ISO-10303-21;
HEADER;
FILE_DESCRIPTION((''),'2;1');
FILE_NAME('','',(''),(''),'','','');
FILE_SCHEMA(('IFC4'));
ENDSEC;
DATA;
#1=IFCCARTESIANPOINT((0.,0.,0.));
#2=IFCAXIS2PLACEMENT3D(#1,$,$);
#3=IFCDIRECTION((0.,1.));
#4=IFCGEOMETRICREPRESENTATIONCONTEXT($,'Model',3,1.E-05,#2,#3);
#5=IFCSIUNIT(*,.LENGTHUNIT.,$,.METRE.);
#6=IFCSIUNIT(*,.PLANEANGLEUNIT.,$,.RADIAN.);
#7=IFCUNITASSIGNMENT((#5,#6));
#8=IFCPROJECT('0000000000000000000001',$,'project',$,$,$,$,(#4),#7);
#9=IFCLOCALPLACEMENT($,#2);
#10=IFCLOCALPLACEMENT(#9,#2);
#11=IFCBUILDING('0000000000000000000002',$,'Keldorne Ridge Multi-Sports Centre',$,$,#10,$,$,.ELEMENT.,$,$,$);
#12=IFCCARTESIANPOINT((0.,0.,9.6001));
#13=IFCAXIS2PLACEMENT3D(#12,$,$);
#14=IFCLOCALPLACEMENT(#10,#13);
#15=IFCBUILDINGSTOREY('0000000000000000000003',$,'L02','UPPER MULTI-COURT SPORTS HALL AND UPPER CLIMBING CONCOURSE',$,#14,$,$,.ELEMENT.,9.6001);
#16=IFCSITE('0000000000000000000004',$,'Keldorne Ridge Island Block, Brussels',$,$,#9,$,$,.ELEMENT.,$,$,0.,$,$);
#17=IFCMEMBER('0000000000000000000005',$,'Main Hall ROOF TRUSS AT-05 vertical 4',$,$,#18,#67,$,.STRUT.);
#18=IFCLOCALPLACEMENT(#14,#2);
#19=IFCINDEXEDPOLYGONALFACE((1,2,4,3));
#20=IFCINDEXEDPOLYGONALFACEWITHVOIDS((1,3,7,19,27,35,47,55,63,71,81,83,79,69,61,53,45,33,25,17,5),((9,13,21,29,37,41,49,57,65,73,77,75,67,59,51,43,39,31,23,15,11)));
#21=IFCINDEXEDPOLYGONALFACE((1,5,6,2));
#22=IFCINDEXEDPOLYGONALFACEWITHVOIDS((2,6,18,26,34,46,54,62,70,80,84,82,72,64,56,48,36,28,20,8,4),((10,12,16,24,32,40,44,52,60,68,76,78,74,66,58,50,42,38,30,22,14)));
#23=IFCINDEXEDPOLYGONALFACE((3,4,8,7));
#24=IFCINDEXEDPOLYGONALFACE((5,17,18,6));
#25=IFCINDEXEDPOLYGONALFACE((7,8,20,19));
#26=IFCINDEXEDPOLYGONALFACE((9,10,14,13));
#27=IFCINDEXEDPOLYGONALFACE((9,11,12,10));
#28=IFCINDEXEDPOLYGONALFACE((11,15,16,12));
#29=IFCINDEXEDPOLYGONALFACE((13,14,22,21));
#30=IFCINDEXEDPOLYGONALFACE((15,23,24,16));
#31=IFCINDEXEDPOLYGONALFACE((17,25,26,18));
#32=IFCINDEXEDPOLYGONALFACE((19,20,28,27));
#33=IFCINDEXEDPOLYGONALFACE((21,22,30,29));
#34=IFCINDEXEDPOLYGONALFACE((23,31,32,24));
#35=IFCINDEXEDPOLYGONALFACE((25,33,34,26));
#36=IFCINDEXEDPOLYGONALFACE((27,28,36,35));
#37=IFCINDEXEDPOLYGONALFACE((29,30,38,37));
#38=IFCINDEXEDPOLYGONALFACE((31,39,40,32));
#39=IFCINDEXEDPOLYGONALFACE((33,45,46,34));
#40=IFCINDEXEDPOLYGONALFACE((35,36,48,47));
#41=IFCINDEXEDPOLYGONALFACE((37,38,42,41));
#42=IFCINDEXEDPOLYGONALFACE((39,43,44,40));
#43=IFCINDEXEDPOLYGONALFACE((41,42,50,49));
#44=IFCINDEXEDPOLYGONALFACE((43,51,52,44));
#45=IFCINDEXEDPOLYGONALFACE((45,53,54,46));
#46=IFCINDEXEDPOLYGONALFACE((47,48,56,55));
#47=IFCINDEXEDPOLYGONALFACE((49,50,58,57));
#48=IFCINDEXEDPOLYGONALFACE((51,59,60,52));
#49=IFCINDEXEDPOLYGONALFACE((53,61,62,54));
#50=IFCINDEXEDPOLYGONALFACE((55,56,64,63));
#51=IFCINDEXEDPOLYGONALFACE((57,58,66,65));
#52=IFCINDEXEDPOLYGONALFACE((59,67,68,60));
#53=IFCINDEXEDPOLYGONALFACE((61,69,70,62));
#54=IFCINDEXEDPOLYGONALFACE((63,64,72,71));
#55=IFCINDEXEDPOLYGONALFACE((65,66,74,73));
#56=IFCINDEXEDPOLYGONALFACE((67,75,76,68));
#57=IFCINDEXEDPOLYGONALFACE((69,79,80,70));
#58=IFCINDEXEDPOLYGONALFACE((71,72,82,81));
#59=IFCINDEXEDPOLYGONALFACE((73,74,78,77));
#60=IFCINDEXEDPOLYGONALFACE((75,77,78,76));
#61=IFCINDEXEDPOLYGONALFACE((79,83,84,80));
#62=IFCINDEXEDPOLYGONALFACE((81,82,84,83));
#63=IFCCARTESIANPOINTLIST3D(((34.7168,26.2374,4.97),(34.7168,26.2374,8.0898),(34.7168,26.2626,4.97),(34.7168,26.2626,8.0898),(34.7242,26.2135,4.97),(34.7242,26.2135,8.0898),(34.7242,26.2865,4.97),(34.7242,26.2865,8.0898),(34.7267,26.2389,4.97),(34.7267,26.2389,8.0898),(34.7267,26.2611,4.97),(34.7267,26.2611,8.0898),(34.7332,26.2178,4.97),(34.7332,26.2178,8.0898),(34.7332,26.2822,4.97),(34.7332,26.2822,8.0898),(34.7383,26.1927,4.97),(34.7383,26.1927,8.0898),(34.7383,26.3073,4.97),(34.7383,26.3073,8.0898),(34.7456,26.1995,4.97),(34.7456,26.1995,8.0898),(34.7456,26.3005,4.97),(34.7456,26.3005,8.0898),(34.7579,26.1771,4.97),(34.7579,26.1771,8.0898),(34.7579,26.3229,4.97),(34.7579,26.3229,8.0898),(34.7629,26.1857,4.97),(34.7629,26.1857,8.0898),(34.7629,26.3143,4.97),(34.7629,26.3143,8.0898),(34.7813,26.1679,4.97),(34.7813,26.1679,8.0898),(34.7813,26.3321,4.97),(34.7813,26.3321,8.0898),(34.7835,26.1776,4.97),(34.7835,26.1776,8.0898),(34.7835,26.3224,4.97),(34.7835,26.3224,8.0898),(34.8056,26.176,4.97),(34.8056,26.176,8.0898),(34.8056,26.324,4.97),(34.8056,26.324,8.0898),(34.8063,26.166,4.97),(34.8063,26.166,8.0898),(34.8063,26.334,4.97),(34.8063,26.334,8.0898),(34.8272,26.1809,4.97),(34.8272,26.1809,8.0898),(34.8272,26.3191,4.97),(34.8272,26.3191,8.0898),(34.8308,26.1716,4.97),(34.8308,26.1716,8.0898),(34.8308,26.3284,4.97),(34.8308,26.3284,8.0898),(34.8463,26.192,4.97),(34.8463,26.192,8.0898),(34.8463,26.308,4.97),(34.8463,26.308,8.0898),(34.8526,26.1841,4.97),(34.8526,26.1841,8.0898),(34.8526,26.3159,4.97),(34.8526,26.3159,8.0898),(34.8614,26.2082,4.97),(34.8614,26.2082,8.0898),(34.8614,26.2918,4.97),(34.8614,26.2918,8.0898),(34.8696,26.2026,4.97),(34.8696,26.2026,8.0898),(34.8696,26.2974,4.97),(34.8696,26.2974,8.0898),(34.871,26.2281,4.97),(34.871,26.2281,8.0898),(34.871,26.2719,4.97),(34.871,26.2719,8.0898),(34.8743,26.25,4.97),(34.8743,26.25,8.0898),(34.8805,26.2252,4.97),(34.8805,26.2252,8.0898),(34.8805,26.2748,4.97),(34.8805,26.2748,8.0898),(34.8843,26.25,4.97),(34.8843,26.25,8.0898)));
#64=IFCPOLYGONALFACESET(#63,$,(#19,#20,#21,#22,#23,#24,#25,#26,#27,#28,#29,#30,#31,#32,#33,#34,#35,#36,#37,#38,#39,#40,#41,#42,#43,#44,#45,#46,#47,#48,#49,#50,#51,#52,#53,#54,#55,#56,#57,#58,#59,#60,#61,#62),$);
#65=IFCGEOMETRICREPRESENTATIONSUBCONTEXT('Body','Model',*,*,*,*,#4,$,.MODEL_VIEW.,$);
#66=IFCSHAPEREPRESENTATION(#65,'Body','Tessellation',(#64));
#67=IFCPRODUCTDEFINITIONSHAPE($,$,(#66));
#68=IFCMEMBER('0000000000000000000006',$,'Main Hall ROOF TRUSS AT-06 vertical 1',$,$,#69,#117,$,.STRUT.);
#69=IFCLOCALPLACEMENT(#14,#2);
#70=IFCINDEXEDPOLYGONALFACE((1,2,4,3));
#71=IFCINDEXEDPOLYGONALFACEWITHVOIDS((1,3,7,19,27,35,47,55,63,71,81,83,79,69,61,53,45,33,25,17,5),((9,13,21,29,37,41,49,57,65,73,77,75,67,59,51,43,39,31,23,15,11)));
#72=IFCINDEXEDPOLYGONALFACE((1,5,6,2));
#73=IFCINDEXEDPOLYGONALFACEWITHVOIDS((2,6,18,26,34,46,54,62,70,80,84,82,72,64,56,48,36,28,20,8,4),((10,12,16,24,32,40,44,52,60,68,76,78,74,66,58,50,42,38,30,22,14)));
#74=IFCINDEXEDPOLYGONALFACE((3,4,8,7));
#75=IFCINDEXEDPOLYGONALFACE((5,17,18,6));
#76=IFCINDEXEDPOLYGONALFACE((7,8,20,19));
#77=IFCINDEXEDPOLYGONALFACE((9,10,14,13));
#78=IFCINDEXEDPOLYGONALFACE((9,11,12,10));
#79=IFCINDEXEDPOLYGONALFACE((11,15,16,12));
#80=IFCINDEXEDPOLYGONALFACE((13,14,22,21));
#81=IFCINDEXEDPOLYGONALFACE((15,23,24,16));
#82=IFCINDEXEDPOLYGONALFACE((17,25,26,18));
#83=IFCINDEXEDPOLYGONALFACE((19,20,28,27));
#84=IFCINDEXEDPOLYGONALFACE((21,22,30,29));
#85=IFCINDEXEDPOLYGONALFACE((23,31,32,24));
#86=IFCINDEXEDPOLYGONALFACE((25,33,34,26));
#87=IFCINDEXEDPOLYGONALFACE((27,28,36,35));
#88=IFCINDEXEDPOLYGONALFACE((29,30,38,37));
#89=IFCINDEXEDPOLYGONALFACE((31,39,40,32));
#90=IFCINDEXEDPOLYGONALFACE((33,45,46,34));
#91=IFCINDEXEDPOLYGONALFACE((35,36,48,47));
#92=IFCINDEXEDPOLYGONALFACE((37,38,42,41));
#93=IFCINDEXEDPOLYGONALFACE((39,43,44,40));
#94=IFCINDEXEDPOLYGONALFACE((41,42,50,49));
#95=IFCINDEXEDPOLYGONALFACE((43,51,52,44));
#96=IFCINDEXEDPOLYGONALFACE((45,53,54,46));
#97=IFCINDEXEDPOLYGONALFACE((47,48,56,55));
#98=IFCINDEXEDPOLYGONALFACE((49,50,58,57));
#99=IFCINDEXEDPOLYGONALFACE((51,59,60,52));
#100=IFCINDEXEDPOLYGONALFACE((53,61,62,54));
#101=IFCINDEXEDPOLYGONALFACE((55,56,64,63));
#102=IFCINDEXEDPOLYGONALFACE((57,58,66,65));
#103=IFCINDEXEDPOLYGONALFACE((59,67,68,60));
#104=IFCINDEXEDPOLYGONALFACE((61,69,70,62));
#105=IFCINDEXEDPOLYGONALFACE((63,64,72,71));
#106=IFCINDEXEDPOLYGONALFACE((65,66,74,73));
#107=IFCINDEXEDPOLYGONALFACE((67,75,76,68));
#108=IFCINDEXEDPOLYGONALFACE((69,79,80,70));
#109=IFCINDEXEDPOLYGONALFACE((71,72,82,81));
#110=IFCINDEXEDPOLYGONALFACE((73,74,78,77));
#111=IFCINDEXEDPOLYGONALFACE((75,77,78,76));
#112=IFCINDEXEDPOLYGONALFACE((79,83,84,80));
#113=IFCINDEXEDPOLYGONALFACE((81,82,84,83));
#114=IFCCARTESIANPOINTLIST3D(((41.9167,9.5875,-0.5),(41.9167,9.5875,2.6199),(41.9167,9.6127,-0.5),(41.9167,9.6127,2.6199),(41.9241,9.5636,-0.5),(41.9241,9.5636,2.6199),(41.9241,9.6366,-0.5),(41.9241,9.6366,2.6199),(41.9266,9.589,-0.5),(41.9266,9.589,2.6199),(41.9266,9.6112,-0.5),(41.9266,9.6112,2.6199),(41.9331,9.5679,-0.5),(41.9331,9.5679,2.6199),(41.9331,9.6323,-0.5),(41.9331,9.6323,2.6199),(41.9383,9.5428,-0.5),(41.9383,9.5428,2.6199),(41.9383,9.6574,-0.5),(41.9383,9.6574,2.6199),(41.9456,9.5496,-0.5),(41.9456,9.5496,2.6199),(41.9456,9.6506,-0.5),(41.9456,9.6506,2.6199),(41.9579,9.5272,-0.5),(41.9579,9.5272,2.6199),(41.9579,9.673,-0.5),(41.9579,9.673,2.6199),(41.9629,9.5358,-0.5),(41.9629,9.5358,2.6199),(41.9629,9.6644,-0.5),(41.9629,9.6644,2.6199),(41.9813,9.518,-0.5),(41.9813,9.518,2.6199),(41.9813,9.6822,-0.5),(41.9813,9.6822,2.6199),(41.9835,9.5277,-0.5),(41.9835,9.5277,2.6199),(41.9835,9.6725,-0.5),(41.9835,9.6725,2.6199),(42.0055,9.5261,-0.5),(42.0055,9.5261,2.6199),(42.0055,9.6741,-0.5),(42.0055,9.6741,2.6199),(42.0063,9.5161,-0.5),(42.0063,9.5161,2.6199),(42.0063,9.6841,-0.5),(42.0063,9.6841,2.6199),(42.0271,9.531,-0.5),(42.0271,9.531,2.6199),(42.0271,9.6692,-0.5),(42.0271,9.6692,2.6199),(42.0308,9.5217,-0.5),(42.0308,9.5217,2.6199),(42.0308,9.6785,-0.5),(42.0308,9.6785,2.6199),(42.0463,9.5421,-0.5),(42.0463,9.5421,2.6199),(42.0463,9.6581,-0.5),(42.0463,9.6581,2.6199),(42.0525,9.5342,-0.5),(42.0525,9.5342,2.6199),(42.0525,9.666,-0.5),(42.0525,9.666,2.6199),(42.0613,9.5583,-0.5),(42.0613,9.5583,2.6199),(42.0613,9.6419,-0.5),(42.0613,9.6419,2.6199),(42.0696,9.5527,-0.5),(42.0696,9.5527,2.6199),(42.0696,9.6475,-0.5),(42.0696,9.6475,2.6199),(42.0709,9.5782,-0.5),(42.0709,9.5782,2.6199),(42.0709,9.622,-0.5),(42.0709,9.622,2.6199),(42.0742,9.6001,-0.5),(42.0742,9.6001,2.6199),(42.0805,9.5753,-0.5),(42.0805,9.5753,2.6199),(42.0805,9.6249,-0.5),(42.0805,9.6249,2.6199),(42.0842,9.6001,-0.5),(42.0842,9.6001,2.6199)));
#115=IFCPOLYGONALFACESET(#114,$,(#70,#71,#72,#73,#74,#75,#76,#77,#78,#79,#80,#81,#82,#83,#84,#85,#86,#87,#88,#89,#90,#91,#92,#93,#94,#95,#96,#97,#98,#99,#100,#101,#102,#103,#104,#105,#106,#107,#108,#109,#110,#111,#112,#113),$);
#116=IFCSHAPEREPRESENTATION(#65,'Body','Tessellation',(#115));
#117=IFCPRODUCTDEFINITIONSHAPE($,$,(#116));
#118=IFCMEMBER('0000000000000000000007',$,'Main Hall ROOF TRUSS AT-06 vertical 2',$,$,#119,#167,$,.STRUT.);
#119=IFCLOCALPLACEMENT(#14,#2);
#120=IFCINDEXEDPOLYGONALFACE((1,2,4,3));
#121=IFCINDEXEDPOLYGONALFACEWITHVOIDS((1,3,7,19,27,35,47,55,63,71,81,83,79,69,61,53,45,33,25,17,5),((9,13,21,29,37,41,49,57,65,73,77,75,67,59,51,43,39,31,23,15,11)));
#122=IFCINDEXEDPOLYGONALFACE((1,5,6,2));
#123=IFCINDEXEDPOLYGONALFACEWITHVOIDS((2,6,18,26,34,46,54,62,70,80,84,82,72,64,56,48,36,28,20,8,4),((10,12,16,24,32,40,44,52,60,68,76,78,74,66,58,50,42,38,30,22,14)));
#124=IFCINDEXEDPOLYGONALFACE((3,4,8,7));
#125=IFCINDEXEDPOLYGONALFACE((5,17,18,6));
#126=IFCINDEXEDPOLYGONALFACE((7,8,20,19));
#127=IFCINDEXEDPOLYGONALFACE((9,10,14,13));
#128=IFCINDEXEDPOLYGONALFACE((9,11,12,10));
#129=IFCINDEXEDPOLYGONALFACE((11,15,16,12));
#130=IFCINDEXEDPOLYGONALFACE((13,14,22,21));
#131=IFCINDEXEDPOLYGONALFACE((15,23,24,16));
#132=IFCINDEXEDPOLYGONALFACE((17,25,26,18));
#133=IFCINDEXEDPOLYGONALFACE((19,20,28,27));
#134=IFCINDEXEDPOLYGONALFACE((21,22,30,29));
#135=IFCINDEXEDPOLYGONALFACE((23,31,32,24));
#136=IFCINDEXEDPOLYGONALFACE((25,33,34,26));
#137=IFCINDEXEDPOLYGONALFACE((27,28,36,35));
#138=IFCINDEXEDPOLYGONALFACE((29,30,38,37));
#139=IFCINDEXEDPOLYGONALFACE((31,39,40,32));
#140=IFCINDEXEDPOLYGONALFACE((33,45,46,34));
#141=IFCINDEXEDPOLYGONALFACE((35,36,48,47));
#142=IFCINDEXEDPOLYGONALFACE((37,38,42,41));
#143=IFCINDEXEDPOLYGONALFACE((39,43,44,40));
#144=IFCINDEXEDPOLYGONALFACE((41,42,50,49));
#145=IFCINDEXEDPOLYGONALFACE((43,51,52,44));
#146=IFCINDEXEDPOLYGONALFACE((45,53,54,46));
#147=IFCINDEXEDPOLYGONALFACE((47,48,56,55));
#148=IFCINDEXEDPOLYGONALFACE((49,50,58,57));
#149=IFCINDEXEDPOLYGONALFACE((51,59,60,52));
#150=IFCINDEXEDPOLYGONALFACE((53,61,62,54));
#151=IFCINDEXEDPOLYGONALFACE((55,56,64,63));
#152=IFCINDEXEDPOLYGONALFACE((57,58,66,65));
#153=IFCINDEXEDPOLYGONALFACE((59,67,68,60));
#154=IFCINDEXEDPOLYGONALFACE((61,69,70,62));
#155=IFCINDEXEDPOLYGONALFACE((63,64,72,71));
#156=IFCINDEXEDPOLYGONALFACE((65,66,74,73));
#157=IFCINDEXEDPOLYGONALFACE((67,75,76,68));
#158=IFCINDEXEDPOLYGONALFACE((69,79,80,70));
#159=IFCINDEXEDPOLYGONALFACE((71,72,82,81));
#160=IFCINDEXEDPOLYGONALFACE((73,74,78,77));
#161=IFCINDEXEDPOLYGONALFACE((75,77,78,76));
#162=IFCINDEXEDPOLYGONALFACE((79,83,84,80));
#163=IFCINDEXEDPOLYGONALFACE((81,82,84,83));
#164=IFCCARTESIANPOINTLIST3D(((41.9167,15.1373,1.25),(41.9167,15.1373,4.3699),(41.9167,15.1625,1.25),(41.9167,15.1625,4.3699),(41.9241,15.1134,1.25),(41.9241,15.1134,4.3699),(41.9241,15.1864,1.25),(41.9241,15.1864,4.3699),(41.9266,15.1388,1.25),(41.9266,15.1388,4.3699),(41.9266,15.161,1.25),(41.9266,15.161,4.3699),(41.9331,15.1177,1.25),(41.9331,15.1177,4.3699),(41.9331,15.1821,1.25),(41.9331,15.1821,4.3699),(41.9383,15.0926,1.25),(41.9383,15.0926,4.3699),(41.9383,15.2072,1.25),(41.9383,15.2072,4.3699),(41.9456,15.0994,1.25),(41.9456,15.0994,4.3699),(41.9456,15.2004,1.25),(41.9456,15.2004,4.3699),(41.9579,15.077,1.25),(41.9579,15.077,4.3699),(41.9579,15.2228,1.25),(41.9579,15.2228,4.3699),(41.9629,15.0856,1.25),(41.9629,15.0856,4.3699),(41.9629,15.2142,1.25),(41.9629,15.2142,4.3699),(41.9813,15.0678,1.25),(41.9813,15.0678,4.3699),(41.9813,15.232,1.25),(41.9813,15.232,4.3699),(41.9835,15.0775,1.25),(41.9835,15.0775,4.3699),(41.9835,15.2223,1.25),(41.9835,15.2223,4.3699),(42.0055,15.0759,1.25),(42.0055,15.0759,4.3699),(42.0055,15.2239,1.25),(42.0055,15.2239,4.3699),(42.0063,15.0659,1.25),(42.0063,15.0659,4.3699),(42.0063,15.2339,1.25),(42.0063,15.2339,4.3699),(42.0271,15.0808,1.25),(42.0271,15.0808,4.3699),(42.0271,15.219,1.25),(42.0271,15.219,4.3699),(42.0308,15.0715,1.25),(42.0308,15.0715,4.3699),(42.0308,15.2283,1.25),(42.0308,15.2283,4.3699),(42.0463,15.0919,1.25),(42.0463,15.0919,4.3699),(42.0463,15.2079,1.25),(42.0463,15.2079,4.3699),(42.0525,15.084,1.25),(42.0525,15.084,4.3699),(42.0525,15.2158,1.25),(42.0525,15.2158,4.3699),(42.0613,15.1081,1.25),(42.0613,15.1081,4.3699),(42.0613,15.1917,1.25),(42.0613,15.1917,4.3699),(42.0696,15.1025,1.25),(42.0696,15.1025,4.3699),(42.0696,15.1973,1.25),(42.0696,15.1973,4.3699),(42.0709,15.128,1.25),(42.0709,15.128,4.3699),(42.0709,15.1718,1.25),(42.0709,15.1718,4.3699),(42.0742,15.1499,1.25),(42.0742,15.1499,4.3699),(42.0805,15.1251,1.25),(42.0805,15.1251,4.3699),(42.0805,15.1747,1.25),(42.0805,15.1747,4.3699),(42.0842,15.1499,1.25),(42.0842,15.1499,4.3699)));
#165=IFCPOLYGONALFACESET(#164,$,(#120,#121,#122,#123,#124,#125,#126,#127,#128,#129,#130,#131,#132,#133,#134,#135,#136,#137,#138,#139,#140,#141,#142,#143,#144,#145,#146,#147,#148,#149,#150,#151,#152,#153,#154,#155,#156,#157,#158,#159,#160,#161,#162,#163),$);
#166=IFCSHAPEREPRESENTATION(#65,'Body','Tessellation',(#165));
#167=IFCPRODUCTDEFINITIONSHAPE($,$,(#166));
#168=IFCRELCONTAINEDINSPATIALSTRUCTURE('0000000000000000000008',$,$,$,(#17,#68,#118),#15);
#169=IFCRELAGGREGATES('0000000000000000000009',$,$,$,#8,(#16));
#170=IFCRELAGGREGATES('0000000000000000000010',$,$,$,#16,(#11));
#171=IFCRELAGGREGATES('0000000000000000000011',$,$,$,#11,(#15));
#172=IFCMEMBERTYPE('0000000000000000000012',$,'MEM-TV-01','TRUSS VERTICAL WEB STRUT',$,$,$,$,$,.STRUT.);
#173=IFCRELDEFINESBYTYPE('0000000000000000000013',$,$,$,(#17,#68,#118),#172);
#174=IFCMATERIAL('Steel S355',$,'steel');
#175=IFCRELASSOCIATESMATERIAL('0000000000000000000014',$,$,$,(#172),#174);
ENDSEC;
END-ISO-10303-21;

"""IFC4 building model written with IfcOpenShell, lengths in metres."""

from ifc_helpers import new_model, si_unit, direction, frame, origin, origin_2d, place, context, subcontext, project, spatial, hollow_circle, extrude, material, material_profile, profile_set, type_object, element, save


model = new_model("IFC4")

# Units and contexts
model_context = context("Model", 3, precision=1e-05, world=origin(), true_north=direction((0.0, 1.0)))
body_context = subcontext(model_context, "Body", "Model", "MODEL_VIEW")
ifc_project = project(units=[si_unit("LENGTHUNIT", "METRE"), si_unit("PLANEANGLEUNIT", "RADIAN")], contexts=[model_context])

# Site, building, storey
site_placement = place(None, origin())
site = spatial("IfcSite", under=ifc_project, at=site_placement, Name="Keldorne Ridge Island Block, Brussels", CompositionType="ELEMENT", RefElevation=0.0)
building_placement = place(site_placement, origin())
building = spatial("IfcBuilding", under=site, at=building_placement, Name="Keldorne Ridge Multi-Sports Centre", CompositionType="ELEMENT")
storey_placement = place(building_placement, frame((0.0, 0.0, 9.6001)))
storey = spatial("IfcBuildingStorey", under=building, at=storey_placement, Name="L02", Description="UPPER MULTI-COURT SPORTS HALL AND UPPER CLIMBING CONCOURSE", CompositionType="ELEMENT", Elevation=9.6001)

# Shared definitions
ifc_material = material(Name="Steel S355", Category="steel")

# Members
ifc_material_profile_1 = material_profile(ifc_material, hollow_circle(Radius=0.0842, WallThickness=0.01, at=origin_2d()), Name="CHS 168.3x10")
ifc_profile_set_1 = profile_set([ifc_material_profile_1], Name="Steel S355")
member_type_1 = type_object("IfcMemberType", Name="MEM-TV-01", Description="TRUSS VERTICAL WEB STRUT", PredefinedType="STRUT", material=ifc_profile_set_1)
for number, where, z_axis, x_axis, name in (
    (1, (34.8, 26.25, 4.97), (0.0, 0.0, 1.0), (1.0, 0.0, 0.0), "Main Hall ROOF TRUSS AT-05 vertical 4"),
    (2, (42.0, 9.6001, -0.5), (0.0, 0.0, 1.0), (1.0, 0.0, 0.0), "Main Hall ROOF TRUSS AT-06 vertical 1"),
    (3, (42.0, 15.1499, 1.25), (0.0, 0.0, 1.0), (1.0, 0.0, 0.0), "Main Hall ROOF TRUSS AT-06 vertical 2"),
):
    element("IfcMember", number, at=place(storey_placement, frame(where, z_axis=z_axis, x_axis=x_axis)), inside=storey, type_object=member_type_1, Name=name, PredefinedType="STRUT", context=body_context, shape_type="SweptSolid", body=[
        extrude(hollow_circle(Radius=0.0842, WallThickness=0.01, at=origin_2d()), origin(), (0.0, 0.0, 1.0), 3.1199),
    ])

save(model, "model.ifc")
